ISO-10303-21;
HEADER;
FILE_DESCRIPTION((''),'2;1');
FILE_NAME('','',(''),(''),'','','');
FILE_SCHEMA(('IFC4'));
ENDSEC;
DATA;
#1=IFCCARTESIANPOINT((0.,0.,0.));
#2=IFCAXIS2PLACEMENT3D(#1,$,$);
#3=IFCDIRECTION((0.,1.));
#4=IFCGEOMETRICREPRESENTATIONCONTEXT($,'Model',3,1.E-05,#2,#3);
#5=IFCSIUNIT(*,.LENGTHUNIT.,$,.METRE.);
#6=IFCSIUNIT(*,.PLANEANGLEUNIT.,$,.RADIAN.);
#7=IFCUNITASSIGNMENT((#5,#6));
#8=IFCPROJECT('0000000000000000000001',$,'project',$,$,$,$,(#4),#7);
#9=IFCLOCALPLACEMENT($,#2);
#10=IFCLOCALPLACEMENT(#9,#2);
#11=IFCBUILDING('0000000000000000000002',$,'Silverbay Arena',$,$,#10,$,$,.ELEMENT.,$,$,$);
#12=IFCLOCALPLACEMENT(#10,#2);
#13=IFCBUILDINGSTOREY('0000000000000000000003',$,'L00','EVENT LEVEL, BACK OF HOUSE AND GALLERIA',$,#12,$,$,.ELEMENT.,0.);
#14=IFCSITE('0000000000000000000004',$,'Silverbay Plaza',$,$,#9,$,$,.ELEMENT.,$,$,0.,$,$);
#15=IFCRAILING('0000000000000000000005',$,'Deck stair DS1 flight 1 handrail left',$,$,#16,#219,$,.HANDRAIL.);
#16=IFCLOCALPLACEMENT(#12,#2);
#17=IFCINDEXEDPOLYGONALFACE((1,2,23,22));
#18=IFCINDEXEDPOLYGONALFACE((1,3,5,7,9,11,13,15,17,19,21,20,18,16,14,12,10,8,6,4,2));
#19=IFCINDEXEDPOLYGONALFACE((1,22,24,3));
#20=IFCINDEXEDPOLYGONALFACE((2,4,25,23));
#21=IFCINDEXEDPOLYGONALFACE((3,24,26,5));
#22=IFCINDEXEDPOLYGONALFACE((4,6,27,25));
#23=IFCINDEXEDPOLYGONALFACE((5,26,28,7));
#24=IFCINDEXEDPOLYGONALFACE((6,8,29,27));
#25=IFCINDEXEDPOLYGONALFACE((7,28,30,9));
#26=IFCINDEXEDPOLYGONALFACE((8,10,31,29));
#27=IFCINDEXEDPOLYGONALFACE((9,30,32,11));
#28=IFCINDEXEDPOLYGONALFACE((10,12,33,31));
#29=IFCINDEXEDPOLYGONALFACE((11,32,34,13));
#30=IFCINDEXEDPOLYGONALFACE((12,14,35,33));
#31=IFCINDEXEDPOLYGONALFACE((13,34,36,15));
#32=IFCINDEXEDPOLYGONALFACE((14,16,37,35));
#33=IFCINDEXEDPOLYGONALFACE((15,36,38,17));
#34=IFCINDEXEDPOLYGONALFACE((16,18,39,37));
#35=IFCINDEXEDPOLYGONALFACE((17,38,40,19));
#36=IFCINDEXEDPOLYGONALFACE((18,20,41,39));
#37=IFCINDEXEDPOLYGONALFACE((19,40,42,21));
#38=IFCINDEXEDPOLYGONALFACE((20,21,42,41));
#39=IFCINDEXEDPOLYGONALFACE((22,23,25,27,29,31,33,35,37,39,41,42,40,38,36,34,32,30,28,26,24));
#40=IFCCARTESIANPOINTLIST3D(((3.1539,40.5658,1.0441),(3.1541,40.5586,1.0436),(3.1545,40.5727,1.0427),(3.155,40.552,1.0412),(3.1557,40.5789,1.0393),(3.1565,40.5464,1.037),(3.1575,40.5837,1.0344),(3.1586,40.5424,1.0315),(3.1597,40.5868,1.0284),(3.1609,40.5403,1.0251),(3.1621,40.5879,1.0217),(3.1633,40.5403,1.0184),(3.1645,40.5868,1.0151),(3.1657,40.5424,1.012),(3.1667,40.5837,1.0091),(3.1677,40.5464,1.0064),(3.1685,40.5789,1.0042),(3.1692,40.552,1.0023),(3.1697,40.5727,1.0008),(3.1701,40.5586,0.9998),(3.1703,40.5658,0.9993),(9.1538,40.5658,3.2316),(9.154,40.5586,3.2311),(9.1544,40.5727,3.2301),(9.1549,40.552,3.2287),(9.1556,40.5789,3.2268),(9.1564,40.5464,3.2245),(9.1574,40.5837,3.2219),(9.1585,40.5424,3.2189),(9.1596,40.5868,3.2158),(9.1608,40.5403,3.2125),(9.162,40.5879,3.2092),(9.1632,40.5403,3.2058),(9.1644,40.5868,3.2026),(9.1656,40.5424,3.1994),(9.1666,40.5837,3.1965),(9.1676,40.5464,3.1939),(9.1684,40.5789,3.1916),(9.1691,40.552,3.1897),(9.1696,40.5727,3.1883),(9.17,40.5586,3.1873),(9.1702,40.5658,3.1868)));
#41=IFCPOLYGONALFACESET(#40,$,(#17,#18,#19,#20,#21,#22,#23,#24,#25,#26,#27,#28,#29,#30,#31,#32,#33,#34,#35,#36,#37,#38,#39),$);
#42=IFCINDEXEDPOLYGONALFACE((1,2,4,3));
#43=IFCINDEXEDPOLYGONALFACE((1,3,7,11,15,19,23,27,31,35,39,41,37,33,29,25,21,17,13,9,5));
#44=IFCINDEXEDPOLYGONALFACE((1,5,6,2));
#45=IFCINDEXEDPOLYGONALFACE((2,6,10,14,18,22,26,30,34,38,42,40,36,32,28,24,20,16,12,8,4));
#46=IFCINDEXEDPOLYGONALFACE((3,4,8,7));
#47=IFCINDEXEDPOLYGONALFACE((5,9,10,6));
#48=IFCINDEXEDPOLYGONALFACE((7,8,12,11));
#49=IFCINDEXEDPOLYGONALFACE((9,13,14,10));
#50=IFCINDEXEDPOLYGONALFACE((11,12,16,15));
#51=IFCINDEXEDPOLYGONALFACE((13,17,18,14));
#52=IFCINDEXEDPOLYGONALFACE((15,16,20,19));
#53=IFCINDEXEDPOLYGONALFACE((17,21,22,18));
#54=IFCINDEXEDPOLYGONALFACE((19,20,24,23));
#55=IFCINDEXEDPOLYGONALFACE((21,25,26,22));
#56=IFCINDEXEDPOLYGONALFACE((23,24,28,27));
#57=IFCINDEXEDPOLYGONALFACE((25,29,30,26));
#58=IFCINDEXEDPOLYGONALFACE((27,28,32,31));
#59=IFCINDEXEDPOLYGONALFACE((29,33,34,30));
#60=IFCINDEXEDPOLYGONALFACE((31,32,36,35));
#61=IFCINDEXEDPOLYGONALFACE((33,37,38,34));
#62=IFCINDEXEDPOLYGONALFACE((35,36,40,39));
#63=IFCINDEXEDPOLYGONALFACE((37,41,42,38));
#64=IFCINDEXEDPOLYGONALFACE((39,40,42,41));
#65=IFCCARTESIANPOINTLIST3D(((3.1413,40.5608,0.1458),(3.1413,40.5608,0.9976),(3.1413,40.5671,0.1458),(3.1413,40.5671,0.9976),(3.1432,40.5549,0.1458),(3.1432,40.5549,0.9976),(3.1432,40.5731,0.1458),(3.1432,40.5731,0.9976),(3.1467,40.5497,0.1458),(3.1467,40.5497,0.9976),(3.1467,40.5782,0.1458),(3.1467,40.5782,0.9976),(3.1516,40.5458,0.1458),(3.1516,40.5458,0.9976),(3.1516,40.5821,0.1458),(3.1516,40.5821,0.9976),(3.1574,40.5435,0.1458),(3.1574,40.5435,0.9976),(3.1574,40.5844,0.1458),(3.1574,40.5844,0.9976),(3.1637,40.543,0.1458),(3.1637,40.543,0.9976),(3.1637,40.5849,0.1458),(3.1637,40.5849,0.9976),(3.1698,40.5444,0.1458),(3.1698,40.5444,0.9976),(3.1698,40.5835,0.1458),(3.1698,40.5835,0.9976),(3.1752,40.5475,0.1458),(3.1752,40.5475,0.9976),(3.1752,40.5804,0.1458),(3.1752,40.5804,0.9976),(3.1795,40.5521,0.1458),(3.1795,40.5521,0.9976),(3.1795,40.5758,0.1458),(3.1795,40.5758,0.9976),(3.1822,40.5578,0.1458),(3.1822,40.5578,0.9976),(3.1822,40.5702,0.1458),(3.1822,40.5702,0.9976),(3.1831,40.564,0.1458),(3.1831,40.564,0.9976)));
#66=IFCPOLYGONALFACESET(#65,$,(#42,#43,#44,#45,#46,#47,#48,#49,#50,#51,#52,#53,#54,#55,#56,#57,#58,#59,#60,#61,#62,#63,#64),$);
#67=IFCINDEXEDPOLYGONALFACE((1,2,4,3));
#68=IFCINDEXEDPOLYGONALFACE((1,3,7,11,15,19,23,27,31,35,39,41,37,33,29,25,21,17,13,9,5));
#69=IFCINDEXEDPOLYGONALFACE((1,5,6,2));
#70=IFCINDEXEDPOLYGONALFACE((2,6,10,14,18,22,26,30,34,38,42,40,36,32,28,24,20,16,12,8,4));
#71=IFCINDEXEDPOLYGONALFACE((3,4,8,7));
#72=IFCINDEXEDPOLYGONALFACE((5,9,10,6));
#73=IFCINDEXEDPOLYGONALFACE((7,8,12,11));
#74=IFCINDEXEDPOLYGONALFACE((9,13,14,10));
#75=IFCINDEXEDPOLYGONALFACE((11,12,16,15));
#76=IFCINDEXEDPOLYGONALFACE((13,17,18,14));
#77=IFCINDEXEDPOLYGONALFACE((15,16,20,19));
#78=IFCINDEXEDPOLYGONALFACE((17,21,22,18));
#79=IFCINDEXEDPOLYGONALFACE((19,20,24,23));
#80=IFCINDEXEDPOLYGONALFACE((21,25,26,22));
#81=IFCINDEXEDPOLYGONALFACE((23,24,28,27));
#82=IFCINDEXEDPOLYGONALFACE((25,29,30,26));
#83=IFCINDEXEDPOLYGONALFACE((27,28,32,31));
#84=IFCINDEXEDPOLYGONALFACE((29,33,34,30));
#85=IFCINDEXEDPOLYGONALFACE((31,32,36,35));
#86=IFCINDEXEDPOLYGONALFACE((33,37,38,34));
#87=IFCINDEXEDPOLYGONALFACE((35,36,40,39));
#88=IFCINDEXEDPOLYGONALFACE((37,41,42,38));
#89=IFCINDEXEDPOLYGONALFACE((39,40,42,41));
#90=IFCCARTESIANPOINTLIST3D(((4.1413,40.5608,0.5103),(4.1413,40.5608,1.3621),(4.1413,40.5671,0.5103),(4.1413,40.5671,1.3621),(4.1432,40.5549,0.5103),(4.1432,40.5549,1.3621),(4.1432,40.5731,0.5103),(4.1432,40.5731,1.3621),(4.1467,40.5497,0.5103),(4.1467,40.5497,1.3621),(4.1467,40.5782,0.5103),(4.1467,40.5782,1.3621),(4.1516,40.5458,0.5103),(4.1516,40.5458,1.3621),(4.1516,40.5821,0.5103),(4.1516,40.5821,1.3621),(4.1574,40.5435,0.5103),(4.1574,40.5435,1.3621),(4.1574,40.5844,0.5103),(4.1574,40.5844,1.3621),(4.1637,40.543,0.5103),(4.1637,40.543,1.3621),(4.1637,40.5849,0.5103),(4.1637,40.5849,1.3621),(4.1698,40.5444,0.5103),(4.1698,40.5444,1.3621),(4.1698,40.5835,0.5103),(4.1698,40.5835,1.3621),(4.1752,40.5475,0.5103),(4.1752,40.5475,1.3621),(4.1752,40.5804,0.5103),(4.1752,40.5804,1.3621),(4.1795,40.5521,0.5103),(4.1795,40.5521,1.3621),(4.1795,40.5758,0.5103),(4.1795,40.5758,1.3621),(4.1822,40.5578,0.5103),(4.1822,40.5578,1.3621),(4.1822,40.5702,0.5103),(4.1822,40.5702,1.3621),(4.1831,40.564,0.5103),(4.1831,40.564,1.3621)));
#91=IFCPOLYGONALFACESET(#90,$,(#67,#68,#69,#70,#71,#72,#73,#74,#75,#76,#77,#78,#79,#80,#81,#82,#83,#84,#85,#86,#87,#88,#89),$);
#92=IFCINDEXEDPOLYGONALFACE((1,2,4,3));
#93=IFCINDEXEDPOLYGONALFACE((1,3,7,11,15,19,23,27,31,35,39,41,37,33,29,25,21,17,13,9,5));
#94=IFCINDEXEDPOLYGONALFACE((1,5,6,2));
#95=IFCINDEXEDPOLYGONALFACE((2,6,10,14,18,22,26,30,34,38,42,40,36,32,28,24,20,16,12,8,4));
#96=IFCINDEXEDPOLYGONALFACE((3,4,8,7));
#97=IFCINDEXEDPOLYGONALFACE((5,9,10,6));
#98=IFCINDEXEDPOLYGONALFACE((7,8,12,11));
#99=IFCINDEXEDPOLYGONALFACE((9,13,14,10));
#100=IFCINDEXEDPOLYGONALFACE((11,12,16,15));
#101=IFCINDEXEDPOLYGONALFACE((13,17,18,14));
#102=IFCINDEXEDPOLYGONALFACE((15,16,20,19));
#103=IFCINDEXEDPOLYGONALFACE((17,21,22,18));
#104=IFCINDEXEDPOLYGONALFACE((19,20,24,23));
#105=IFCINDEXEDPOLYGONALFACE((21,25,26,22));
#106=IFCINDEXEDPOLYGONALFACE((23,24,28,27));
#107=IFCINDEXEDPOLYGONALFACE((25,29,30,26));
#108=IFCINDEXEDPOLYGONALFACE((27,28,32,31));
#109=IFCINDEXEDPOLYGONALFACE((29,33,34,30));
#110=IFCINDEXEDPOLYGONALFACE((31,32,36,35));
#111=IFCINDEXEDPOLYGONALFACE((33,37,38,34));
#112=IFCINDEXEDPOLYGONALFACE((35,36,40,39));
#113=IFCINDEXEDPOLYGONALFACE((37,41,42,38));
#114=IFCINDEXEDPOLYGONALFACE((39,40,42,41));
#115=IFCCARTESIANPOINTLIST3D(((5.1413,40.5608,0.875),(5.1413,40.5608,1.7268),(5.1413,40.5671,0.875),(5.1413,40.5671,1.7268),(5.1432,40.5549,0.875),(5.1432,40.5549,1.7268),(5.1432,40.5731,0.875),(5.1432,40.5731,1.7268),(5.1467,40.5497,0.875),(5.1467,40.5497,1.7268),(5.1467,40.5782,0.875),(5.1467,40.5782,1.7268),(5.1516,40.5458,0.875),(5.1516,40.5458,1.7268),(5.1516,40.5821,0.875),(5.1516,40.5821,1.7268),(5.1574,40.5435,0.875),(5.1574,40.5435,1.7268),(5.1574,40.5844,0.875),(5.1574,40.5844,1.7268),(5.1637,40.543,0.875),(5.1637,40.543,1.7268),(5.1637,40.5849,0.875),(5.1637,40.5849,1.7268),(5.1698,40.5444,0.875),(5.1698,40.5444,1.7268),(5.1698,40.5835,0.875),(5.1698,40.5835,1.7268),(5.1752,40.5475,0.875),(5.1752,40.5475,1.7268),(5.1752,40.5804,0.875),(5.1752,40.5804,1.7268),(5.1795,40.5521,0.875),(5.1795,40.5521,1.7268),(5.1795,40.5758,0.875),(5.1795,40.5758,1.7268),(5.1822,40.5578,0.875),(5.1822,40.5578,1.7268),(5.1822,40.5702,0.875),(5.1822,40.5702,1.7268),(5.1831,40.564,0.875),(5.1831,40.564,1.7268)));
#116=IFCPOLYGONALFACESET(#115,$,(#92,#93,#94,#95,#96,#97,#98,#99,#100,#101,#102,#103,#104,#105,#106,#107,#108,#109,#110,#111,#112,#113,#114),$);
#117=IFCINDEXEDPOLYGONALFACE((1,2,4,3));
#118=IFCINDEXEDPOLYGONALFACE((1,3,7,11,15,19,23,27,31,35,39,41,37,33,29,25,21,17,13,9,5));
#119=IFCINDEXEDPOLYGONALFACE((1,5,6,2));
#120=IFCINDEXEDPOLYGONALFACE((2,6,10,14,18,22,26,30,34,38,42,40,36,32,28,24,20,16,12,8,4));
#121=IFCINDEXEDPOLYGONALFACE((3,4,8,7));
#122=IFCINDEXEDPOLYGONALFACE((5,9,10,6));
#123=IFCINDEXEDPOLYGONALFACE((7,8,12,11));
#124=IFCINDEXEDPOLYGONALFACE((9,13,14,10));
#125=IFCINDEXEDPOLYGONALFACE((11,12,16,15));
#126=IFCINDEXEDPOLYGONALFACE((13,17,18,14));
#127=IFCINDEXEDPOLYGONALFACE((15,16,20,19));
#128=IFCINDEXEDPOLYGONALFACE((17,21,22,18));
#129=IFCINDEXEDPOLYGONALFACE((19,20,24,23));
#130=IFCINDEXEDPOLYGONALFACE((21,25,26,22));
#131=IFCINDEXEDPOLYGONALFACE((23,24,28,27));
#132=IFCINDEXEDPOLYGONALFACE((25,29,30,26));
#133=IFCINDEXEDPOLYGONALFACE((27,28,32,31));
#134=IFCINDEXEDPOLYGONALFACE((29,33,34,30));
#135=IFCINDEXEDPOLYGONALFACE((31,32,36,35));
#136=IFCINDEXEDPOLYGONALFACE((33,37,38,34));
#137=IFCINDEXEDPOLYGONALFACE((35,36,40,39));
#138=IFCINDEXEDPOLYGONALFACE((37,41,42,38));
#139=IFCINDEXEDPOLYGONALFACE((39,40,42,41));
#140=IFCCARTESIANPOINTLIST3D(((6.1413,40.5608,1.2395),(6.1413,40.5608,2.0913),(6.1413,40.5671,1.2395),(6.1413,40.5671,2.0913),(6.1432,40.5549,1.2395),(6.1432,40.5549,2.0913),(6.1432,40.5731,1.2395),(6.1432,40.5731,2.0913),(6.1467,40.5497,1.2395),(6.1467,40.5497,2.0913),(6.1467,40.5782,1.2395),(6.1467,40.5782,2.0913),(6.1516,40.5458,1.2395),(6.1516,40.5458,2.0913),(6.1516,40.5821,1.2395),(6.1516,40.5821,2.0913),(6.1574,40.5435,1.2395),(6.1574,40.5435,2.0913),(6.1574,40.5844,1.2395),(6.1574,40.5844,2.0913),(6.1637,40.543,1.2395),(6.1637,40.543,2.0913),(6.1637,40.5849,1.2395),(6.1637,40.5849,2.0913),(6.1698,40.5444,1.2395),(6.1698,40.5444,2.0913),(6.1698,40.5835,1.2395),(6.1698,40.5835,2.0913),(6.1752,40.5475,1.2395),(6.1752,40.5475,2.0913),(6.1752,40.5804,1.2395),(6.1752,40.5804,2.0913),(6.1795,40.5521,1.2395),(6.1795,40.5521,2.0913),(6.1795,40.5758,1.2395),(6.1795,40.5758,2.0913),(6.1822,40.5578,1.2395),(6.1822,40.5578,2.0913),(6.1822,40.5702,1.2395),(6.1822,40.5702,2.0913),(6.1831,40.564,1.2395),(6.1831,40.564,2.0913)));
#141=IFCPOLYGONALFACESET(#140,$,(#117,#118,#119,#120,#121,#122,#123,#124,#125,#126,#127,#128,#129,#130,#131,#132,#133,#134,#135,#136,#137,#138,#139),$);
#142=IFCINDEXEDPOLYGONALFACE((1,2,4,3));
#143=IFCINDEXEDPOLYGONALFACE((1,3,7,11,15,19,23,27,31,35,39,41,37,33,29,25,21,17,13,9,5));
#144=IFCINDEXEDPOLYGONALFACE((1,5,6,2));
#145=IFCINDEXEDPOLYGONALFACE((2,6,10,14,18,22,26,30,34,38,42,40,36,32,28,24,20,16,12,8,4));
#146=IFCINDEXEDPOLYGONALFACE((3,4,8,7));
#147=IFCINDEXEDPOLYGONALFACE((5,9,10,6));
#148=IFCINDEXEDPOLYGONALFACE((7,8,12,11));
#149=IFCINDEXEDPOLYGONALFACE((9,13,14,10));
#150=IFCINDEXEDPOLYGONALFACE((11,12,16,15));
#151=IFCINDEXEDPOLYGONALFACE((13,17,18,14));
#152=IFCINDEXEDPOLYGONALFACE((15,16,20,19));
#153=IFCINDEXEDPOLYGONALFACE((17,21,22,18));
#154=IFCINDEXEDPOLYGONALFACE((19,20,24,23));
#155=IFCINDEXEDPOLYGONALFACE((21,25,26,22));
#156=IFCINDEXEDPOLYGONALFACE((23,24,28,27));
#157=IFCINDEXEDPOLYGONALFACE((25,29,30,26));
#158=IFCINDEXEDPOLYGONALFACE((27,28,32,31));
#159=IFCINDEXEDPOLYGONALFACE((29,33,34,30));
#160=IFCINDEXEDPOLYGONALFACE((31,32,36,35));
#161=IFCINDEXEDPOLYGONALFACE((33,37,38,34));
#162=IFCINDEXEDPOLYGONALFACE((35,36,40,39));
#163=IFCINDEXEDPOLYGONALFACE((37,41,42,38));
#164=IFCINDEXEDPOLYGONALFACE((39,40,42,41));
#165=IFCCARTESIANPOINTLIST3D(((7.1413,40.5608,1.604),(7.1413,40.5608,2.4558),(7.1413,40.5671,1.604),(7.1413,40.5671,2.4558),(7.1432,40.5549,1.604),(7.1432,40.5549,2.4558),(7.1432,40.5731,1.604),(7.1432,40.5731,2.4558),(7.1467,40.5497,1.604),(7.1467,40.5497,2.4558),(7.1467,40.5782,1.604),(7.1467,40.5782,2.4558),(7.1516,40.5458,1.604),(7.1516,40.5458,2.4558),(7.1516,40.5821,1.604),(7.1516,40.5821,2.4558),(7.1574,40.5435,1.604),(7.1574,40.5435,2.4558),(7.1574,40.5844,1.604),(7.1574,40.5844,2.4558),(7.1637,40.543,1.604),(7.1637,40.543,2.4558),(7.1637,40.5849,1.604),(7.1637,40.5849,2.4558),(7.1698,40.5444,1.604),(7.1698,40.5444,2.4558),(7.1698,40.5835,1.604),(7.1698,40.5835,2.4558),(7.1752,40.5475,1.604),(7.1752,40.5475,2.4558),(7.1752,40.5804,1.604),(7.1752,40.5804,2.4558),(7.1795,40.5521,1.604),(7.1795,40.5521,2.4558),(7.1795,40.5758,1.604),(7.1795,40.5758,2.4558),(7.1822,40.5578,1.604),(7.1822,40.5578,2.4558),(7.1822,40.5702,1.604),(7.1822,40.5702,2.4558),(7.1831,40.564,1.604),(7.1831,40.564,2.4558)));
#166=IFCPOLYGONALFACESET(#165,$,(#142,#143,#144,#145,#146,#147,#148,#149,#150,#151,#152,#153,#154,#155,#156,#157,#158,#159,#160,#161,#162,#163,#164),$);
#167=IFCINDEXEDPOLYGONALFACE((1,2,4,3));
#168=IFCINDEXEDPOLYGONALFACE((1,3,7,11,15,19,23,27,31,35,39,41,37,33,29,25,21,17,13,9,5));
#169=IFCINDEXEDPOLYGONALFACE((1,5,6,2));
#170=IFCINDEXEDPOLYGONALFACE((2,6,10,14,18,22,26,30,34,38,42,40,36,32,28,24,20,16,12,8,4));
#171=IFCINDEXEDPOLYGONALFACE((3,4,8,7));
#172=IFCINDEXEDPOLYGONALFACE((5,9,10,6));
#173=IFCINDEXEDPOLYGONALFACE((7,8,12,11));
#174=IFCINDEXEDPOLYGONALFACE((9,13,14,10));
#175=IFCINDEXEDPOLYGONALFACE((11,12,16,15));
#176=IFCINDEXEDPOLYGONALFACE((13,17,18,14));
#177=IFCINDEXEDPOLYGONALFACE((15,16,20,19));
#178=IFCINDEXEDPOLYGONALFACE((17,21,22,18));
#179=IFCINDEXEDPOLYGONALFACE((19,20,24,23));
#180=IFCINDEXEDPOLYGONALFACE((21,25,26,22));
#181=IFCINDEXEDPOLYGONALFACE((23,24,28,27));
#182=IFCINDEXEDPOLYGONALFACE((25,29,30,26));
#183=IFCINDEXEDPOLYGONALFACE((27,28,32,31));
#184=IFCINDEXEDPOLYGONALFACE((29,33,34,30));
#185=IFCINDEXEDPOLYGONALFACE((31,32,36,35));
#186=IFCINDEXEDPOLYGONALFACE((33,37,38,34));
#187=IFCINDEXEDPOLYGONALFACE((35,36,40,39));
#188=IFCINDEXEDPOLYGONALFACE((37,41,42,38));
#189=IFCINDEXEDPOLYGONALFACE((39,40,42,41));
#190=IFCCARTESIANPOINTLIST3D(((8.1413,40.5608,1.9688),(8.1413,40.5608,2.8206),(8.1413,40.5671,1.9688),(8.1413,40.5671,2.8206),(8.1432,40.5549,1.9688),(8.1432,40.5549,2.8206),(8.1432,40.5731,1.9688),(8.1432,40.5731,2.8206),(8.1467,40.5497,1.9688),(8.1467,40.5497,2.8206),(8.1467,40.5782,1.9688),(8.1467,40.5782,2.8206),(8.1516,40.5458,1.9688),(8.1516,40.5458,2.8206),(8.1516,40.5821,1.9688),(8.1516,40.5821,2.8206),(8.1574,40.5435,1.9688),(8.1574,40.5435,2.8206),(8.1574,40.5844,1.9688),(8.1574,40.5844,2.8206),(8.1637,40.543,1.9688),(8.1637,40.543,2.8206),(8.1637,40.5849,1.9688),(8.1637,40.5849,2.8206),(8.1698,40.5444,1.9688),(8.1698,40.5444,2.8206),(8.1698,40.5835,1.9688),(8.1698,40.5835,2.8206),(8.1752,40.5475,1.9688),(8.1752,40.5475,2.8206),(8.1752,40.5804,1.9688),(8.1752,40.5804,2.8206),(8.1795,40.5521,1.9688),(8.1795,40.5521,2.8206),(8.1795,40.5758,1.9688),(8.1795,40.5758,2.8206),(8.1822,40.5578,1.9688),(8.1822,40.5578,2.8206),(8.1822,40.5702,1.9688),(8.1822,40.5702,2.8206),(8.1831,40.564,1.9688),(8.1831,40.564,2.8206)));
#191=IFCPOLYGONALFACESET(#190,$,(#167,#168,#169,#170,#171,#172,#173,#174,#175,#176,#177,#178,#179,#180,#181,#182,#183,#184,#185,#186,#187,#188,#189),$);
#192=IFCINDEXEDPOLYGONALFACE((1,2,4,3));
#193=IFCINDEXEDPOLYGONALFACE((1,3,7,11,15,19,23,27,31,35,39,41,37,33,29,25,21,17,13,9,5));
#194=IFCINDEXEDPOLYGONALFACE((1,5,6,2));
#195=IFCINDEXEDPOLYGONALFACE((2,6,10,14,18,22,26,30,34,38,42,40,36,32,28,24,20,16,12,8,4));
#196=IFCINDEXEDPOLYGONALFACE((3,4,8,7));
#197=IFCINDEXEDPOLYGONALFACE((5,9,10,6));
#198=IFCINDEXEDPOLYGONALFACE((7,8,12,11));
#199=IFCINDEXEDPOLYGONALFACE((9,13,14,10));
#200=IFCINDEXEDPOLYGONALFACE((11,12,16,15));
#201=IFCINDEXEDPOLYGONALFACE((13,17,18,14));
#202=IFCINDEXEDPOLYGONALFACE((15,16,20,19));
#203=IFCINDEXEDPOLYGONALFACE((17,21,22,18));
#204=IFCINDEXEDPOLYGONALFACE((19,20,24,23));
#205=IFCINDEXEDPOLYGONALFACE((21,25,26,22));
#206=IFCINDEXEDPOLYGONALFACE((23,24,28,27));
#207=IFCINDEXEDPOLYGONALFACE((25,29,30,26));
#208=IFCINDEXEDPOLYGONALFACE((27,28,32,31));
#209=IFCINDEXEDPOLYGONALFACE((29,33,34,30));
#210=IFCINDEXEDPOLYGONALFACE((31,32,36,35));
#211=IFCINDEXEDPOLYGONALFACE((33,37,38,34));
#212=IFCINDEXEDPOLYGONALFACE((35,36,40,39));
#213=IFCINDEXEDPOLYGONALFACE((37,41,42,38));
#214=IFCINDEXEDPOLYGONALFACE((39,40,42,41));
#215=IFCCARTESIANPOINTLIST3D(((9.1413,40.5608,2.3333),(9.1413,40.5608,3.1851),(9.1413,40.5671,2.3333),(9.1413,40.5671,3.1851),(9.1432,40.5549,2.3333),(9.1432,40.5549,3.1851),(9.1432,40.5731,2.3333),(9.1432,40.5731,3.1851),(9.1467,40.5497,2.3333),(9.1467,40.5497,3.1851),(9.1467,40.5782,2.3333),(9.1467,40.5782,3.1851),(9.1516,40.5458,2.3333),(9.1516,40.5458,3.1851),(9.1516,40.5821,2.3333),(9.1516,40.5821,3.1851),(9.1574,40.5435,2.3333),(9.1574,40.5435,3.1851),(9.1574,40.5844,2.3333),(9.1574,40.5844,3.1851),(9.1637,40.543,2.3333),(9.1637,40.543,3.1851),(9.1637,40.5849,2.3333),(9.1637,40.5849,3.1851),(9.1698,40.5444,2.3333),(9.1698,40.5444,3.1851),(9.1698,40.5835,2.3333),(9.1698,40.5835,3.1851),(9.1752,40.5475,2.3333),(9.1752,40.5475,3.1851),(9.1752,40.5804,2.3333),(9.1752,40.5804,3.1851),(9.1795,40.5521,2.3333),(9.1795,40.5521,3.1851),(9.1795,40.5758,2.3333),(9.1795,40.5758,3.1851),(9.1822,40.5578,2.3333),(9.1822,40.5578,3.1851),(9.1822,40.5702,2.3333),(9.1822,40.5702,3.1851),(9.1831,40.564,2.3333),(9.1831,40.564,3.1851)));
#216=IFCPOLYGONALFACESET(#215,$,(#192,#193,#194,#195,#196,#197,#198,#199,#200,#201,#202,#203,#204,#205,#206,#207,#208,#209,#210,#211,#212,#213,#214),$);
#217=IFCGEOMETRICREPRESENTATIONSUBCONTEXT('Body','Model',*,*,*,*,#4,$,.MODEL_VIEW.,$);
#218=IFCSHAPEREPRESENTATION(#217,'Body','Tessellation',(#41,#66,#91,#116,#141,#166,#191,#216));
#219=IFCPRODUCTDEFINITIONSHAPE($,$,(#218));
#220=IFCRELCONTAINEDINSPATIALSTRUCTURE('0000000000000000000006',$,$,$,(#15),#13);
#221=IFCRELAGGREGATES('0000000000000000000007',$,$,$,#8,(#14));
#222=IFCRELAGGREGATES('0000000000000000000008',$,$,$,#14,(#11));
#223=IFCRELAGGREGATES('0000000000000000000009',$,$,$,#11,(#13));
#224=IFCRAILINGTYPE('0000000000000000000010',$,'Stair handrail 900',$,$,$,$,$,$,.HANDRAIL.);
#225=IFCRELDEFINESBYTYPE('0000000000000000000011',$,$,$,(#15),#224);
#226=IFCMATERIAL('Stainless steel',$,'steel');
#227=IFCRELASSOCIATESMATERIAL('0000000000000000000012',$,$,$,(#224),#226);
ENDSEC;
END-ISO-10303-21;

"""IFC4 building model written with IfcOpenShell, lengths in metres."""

from ifc_helpers import new_model, si_unit, direction, frame, origin, origin_2d, place, context, subcontext, project, spatial, circle, extrude, material, type_object, element, save


model = new_model("IFC4")

# Units and contexts
model_context = context("Model", 3, precision=1e-05, world=origin(), true_north=direction((0.0, 1.0)))
body_context = subcontext(model_context, "Body", "Model", "MODEL_VIEW")
ifc_project = project(units=[si_unit("LENGTHUNIT", "METRE"), si_unit("PLANEANGLEUNIT", "RADIAN")], contexts=[model_context])

# Site, building, storey
site_placement = place(None, origin())
site = spatial("IfcSite", under=ifc_project, at=site_placement, Name="Silverbay Plaza", CompositionType="ELEMENT", RefElevation=0.0)
building_placement = place(site_placement, origin())
building = spatial("IfcBuilding", under=site, at=building_placement, Name="Silverbay Arena", CompositionType="ELEMENT")
storey_placement = place(building_placement, origin())
storey = spatial("IfcBuildingStorey", under=building, at=storey_placement, Name="L00", Description="EVENT LEVEL, BACK OF HOUSE AND GALLERIA", CompositionType="ELEMENT", Elevation=0.0)

# Railing
ifc_material_1 = material(Name="Stainless steel", Category="steel")
railing_type_1 = type_object("IfcRailingType", Name="Stair handrail 900", PredefinedType="HANDRAIL", material=ifc_material_1)
for number, where, name in (
    (1, (3.1621, 40.564, 0.1458), "Deck stair DS1 flight 1 handrail left"),
):
    element("IfcRailing", number, at=place(storey_placement, frame(where)), inside=storey, type_object=railing_type_1, Name=name, PredefinedType="HANDRAIL", context=body_context, shape_type="SweptSolid", body=[
        extrude(circle(Radius=0.0239, at=origin_2d()), frame((0.0, 0.0, 0.876), z_axis=(0.939507, 0.0, 0.342529), x_axis=(0.0, 1.0, 0.0)), (0.0, 0.0, 1.0), 6.3862),
        extrude(circle(Radius=0.021, at=origin_2d()), origin(), (0.0, 0.0, 1.0), 0.8518),
        extrude(circle(Radius=0.021, at=origin_2d()), frame((1.0, 0.0, 0.3645)), (0.0, 0.0, 1.0), 0.8518),
        extrude(circle(Radius=0.021, at=origin_2d()), frame((2.0, 0.0, 0.7292)), (0.0, 0.0, 1.0), 0.8518),
        extrude(circle(Radius=0.021, at=origin_2d()), frame((3.0, 0.0, 1.0938)), (0.0, 0.0, 1.0), 0.8518),
        extrude(circle(Radius=0.021, at=origin_2d()), frame((4.0, 0.0, 1.4583)), (0.0, 0.0, 1.0), 0.8518),
        extrude(circle(Radius=0.021, at=origin_2d()), frame((5.0, 0.0, 1.823)), (0.0, 0.0, 1.0), 0.8518),
        extrude(circle(Radius=0.021, at=origin_2d()), frame((6.0, 0.0, 2.1875)), (0.0, 0.0, 1.0), 0.8518),
    ])

save(model, "model.ifc")
